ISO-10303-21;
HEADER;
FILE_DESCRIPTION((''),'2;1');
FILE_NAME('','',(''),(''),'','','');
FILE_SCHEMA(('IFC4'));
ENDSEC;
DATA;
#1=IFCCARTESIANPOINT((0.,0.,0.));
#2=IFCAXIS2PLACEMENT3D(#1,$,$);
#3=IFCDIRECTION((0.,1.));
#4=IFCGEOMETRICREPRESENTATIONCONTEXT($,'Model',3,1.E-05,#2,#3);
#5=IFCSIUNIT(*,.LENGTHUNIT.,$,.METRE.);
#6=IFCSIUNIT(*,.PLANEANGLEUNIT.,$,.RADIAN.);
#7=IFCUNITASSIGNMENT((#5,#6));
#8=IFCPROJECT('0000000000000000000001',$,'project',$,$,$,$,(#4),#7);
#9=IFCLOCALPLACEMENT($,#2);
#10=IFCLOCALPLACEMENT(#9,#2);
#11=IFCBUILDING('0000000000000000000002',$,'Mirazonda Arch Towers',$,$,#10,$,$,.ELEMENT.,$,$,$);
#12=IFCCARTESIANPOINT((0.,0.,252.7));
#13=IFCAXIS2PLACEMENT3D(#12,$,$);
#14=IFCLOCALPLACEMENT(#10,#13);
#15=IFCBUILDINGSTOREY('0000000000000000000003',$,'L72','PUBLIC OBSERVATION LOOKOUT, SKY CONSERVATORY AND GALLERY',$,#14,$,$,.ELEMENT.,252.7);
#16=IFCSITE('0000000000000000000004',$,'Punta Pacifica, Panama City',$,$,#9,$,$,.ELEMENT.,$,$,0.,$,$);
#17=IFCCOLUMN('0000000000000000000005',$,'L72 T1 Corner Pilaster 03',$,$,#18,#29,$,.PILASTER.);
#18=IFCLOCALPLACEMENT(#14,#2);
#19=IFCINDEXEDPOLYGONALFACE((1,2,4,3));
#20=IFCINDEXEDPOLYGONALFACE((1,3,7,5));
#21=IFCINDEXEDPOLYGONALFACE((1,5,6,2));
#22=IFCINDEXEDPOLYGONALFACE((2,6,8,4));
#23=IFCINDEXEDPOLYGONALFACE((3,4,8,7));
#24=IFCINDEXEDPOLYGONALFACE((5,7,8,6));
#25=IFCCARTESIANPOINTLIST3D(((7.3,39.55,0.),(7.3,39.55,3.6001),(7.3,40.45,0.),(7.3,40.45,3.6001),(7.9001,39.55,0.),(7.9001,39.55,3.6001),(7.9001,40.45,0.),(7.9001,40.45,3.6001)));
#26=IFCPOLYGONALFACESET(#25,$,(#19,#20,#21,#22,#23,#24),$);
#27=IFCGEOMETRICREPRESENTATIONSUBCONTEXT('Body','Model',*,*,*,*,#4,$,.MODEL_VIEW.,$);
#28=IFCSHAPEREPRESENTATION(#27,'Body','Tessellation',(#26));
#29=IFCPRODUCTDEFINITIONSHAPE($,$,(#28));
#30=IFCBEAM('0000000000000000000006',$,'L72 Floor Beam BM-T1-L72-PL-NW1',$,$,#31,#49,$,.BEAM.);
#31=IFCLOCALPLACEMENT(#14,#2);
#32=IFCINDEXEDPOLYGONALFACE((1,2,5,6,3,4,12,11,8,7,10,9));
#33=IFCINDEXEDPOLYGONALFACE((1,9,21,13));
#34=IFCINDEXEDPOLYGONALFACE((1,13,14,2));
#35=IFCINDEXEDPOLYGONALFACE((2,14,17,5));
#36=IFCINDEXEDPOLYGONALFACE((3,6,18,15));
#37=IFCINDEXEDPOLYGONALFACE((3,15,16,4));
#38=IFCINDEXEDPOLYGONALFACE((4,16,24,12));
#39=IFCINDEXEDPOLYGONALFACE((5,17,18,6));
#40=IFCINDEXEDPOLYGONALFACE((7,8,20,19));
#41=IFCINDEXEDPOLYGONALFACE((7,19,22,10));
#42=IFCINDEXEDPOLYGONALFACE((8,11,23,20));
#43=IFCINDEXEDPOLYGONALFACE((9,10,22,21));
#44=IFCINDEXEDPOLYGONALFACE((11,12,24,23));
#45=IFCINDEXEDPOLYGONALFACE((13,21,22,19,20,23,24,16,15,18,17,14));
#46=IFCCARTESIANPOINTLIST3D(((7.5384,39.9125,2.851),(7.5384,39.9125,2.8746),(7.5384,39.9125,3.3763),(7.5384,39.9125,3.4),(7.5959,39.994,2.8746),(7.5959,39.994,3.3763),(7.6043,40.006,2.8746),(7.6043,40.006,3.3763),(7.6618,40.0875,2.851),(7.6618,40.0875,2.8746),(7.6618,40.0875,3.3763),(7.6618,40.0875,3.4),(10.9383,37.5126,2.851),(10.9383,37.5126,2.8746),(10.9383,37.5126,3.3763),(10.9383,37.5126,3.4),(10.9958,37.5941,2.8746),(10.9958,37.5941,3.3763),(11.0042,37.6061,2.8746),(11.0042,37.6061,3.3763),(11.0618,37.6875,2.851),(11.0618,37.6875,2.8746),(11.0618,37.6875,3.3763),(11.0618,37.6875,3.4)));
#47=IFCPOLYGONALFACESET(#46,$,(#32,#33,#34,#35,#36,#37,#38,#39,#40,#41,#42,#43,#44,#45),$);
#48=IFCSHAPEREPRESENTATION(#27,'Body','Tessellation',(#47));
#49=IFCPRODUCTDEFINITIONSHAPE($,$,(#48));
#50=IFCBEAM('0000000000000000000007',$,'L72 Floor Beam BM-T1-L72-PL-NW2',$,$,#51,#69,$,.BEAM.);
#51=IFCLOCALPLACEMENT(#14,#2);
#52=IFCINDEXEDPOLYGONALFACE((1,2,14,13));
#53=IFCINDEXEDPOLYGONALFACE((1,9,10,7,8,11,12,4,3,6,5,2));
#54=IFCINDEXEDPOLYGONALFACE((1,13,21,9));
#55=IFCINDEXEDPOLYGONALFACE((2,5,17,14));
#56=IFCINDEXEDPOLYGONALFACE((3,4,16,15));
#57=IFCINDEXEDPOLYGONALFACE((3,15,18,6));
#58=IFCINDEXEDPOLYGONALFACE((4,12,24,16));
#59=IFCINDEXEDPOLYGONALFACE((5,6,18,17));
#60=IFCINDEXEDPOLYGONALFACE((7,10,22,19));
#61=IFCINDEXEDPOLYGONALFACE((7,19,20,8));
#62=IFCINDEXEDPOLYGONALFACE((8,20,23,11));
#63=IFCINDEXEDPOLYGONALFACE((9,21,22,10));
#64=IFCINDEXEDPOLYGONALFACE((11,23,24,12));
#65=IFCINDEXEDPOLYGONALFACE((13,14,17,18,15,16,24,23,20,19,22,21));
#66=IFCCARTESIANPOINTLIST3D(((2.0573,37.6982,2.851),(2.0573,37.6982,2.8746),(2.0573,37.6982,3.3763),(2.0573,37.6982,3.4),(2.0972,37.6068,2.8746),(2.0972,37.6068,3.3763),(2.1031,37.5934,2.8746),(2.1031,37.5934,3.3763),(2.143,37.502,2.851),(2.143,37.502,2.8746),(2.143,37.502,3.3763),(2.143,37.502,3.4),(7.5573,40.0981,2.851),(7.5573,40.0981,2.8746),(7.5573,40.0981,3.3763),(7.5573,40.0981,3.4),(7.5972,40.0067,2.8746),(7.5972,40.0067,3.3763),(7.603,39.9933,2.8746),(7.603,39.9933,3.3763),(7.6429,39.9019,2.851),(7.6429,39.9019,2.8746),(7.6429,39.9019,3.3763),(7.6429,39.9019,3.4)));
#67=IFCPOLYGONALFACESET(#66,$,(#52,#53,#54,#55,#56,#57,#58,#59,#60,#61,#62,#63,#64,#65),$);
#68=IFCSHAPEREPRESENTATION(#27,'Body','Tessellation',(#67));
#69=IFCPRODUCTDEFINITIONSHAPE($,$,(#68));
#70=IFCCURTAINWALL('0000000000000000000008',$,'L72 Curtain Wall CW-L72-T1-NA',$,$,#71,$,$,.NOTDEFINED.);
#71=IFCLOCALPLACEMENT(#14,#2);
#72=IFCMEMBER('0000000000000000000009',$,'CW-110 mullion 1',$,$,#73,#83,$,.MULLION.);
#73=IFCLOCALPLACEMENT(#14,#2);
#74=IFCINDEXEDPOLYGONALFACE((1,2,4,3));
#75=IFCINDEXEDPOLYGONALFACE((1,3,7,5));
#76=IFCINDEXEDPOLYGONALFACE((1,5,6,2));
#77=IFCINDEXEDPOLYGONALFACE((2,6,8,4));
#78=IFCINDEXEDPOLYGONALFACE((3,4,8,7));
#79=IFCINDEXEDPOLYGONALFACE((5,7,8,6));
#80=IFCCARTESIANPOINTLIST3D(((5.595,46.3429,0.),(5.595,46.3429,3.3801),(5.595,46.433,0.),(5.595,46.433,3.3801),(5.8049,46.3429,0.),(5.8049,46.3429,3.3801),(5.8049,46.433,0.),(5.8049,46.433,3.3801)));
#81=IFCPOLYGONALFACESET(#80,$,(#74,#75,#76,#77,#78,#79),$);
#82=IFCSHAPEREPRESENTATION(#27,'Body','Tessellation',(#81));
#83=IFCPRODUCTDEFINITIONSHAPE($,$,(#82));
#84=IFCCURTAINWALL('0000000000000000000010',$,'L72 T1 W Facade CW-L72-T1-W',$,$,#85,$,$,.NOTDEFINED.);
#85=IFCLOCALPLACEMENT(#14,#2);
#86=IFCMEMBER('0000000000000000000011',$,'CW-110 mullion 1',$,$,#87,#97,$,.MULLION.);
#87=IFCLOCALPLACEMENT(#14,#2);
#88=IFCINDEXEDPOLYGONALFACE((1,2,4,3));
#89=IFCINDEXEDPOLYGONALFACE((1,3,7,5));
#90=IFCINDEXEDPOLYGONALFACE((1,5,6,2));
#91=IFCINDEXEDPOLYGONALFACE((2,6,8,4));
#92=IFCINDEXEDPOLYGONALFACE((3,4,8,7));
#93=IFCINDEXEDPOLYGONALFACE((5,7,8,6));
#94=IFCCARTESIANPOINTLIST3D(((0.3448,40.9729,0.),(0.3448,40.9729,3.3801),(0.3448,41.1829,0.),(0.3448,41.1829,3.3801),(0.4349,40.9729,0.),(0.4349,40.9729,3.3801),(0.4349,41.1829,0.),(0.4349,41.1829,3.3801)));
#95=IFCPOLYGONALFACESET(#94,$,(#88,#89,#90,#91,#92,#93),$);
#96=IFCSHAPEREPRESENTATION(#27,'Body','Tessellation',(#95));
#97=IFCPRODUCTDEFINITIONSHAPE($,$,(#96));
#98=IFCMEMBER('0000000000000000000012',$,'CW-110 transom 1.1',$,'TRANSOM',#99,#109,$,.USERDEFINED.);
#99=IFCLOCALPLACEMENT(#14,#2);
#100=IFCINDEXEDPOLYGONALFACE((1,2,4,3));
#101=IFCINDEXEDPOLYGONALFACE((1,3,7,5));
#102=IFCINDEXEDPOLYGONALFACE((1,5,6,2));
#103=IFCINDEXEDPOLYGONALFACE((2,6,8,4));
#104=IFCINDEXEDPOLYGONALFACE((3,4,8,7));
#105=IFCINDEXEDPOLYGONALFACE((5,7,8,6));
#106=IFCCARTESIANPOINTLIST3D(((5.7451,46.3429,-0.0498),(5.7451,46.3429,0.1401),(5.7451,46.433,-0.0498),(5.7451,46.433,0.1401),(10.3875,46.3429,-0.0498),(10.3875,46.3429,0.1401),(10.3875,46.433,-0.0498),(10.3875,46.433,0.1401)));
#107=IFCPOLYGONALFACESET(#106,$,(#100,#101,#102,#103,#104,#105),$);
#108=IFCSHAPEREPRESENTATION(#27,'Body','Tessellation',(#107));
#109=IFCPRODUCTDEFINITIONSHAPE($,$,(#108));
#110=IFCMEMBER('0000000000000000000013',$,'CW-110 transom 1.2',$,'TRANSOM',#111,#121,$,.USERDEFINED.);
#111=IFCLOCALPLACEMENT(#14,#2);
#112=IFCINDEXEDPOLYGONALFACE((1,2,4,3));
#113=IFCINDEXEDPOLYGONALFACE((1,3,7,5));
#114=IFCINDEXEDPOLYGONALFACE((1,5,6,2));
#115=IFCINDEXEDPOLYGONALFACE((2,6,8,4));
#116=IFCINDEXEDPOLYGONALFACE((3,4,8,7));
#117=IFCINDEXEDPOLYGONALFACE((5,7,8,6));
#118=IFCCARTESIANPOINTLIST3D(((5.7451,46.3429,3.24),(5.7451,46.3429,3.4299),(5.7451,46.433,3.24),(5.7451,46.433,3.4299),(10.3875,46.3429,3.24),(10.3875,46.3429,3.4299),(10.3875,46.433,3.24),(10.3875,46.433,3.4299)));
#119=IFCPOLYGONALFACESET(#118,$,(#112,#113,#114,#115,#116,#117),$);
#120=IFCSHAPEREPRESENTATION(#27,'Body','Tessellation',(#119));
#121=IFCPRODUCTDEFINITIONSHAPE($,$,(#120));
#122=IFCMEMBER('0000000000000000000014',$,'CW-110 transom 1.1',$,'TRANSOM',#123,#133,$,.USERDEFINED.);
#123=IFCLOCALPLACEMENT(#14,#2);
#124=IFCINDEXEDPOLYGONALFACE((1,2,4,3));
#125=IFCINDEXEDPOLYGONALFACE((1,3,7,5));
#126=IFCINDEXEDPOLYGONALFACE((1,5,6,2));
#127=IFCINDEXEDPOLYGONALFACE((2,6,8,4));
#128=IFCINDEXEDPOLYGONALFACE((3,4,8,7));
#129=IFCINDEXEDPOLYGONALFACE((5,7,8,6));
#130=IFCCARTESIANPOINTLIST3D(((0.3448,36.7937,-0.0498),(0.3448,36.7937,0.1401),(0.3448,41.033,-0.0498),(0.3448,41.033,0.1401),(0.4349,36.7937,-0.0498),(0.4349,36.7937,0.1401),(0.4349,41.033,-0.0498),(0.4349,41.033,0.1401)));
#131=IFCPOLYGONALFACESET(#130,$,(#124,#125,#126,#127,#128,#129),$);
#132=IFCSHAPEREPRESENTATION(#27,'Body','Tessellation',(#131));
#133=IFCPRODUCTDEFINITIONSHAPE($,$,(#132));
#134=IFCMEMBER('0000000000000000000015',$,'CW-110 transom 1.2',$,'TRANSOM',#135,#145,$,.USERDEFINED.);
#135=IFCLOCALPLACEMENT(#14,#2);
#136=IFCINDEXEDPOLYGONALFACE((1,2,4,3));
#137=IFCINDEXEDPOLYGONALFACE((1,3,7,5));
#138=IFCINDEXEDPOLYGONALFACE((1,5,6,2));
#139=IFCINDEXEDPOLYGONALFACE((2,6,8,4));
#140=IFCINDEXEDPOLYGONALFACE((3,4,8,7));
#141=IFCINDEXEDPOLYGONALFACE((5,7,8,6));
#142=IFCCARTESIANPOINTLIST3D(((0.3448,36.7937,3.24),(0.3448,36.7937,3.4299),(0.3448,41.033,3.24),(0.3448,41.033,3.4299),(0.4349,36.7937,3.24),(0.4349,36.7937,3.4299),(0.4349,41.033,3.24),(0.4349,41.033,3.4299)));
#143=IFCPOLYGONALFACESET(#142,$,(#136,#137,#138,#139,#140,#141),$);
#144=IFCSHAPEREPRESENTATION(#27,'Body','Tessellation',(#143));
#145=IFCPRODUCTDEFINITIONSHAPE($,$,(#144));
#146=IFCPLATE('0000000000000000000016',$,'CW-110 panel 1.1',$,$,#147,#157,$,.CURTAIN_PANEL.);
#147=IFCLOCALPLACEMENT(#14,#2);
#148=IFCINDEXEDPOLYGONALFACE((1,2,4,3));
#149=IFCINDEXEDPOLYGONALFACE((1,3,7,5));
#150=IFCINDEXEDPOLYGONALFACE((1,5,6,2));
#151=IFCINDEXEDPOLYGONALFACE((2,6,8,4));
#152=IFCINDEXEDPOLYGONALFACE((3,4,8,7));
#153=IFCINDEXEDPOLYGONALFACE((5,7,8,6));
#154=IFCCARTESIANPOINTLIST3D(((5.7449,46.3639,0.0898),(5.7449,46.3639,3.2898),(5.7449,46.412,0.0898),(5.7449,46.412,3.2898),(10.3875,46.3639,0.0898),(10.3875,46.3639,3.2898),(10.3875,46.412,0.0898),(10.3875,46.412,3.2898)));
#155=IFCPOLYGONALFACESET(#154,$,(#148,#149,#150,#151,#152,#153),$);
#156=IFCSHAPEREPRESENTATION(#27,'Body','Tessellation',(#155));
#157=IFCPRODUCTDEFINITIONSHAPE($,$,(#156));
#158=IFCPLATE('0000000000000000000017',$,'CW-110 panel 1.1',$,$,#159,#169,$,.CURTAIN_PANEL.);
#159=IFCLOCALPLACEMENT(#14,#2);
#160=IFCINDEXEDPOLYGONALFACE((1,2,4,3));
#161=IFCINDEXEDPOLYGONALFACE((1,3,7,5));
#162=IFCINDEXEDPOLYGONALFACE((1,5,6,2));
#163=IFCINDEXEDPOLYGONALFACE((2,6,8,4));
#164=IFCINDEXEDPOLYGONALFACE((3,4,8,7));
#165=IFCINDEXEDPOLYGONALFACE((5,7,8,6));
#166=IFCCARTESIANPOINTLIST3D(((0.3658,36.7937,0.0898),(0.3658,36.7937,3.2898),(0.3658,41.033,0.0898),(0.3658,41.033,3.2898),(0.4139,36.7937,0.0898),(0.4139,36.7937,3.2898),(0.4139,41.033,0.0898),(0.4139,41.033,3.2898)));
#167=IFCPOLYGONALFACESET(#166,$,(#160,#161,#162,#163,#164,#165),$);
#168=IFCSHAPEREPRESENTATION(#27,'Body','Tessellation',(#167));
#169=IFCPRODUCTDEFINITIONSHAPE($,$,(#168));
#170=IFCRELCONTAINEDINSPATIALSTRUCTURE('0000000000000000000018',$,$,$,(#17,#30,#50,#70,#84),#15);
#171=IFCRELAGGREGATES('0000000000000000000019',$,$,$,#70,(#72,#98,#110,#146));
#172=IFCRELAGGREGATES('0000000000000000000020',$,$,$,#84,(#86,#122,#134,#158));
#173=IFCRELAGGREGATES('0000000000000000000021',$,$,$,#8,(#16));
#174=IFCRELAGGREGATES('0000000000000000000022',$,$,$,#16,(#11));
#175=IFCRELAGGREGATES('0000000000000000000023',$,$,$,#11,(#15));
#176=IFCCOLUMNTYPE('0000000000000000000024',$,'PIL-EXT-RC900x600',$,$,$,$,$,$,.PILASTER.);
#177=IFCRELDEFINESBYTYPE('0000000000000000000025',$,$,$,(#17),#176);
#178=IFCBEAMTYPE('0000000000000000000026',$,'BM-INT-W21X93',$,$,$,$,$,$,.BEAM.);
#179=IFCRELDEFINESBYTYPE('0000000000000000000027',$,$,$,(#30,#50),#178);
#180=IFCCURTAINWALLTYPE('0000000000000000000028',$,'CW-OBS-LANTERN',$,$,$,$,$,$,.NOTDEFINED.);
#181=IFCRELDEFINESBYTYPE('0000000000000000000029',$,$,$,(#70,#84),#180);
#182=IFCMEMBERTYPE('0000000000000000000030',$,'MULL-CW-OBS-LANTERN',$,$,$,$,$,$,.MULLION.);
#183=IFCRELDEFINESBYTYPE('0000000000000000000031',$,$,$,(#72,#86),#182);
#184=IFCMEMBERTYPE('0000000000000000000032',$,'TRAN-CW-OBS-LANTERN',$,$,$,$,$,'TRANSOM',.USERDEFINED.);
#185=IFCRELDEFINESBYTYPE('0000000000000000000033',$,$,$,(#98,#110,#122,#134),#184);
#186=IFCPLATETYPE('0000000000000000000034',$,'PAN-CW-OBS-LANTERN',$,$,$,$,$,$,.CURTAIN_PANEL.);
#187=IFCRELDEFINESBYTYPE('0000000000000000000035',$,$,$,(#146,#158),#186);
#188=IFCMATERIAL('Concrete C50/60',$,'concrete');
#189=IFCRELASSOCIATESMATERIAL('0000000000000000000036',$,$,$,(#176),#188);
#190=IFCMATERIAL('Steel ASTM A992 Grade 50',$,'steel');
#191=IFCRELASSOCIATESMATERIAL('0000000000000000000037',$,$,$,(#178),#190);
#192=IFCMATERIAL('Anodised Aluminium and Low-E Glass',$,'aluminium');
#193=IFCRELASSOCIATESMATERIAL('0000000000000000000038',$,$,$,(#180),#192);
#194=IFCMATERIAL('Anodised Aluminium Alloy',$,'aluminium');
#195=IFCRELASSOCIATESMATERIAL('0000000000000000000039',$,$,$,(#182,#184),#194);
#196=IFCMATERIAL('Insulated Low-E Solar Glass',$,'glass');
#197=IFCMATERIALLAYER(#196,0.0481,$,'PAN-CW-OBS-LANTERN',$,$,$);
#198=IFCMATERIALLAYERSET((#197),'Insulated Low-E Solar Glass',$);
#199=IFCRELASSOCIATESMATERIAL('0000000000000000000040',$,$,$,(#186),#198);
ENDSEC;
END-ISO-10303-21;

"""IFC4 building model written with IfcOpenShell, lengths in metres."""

from ifc_helpers import new_model, si_unit, direction, frame, origin, origin_2d, place, context, subcontext, project, spatial, rectangle, i_section, extrude, material, layer, layer_set, material_profile, profile_set, type_object, element, aggregate, save


model = new_model("IFC4")

# Units and contexts
model_context = context("Model", 3, precision=1e-05, world=origin(), true_north=direction((0.0, 1.0)))
body_context = subcontext(model_context, "Body", "Model", "MODEL_VIEW")
ifc_project = project(units=[si_unit("LENGTHUNIT", "METRE"), si_unit("PLANEANGLEUNIT", "RADIAN")], contexts=[model_context])

# Site, building, storey
site_placement = place(None, origin())
site = spatial("IfcSite", under=ifc_project, at=site_placement, Name="Punta Pacifica, Panama City", CompositionType="ELEMENT", RefElevation=0.0)
building_placement = place(site_placement, origin())
building = spatial("IfcBuilding", under=site, at=building_placement, Name="Mirazonda Arch Towers", CompositionType="ELEMENT")
storey_placement = place(building_placement, frame((0.0, 0.0, 252.7)))
storey = spatial("IfcBuildingStorey", under=building, at=storey_placement, Name="L72", Description="PUBLIC OBSERVATION LOOKOUT, SKY CONSERVATORY AND GALLERY", CompositionType="ELEMENT", Elevation=252.7)

# Column
ifc_material_1 = material(Name="Concrete C50/60", Category="concrete")
ifc_material_profile_1 = material_profile(ifc_material_1, rectangle(XDim=0.6001, YDim=0.8999, at=origin_2d()), Name="RC900x600")
ifc_profile_set_1 = profile_set([ifc_material_profile_1], Name="Concrete C50/60")
column_type = type_object("IfcColumnType", Name="PIL-EXT-RC900x600", PredefinedType="PILASTER", material=ifc_profile_set_1)
column_placement = place(storey_placement, frame((7.6001, 40.0, 0.0), z_axis=(0.0, 0.0, 1.0), x_axis=(1.0, 0.0, 0.0)))
element("IfcColumn", 1, at=column_placement, inside=storey, type_object=column_type, Name="L72 T1 Corner Pilaster 03", PredefinedType="PILASTER", context=body_context, shape_type="SweptSolid", body=[
    extrude(rectangle(XDim=0.6001, YDim=0.8999, at=origin_2d()), origin(), (0.0, 0.0, 1.0), 3.6001),
])

# Beams
ifc_material_2 = material(Name="Steel ASTM A992 Grade 50", Category="steel")
ifc_material_profile_2 = material_profile(ifc_material_2, i_section(OverallWidth=0.2141, OverallDepth=0.5491, WebThickness=0.0146, FlangeThickness=0.0237, at=origin_2d()), Name="W21X93")
ifc_profile_set_2 = profile_set([ifc_material_profile_2], Name="Steel ASTM A992 Grade 50")
beam_type = type_object("IfcBeamType", Name="BM-INT-W21X93", PredefinedType="BEAM", material=ifc_profile_set_2)
beam_1_placement = place(storey_placement, frame((7.6001, 40.0, 3.1255), z_axis=(0.816971, -0.576679, 0.0), x_axis=(0.576679, 0.816971, 0.0)))
element("IfcBeam", 2, at=beam_1_placement, inside=storey, type_object=beam_type, Name="L72 Floor Beam BM-T1-L72-PL-NW1", PredefinedType="BEAM", context=body_context, shape_type="SweptSolid", body=[
    extrude(i_section(OverallWidth=0.2141, OverallDepth=0.5491, WebThickness=0.0146, FlangeThickness=0.0237, at=origin_2d()), origin(), (0.0, 0.0, 1.0), 4.1616),
])
beam_2_placement = place(storey_placement, frame((7.6001, 40.0, 3.1255), z_axis=(-0.916545, -0.399931, 0.0), x_axis=(0.399931, -0.916545, 0.0)))
element("IfcBeam", 3, at=beam_2_placement, inside=storey, type_object=beam_type, Name="L72 Floor Beam BM-T1-L72-PL-NW2", PredefinedType="BEAM", context=body_context, shape_type="SweptSolid", body=[
    extrude(i_section(OverallWidth=0.2141, OverallDepth=0.5491, WebThickness=0.0146, FlangeThickness=0.0237, at=origin_2d()), origin(), (0.0, 0.0, 1.0), 6.0007),
])

# Curtain walls, members
ifc_material_3 = material(Name="Anodised Aluminium and Low-E Glass", Category="aluminium")
curtain_wall_type = type_object("IfcCurtainWallType", Name="CW-OBS-LANTERN", PredefinedType="NOTDEFINED", material=ifc_material_3)
curtain_wall_1_placement = place(storey_placement, origin())
curtain_wall_1 = element("IfcCurtainWall", 4, at=curtain_wall_1_placement, inside=storey, type_object=curtain_wall_type, Name="L72 Curtain Wall CW-L72-T1-NA", PredefinedType="NOTDEFINED")
ifc_material_4 = material(Name="Anodised Aluminium Alloy", Category="aluminium")
ifc_material_profile_3 = material_profile(ifc_material_4, rectangle(XDim=0.0901, YDim=0.21, at=origin_2d()), Name="ALU-MULL-90x210")
ifc_profile_set_3 = profile_set([ifc_material_profile_3], Name="Anodised Aluminium Alloy")
member_type_1 = type_object("IfcMemberType", Name="MULL-CW-OBS-LANTERN", PredefinedType="MULLION", material=ifc_profile_set_3)
member_1_placement = place(storey_placement, frame((5.7, 46.3879, 0.0), z_axis=(0.0, 0.0, 1.0), x_axis=(0.0, 1.0, 0.0)))
member_1 = element("IfcMember", 5, at=member_1_placement, type_object=member_type_1, Name="CW-110 mullion 1", PredefinedType="MULLION", context=body_context, shape_type="SweptSolid", body=[
    extrude(rectangle(XDim=0.0901, YDim=0.21, at=origin_2d()), origin(), (0.0, 0.0, 1.0), 3.3801),
])
curtain_wall_2_placement = place(storey_placement, origin())
curtain_wall_2 = element("IfcCurtainWall", 6, at=curtain_wall_2_placement, inside=storey, type_object=curtain_wall_type, Name="L72 T1 W Facade CW-L72-T1-W", PredefinedType="NOTDEFINED")
member_2_placement = place(storey_placement, frame((0.3899, 41.0779, 0.0), z_axis=(0.0, 0.0, 1.0), x_axis=(1.0, 0.0, 0.0)))
member_2 = element("IfcMember", 7, at=member_2_placement, type_object=member_type_1, Name="CW-110 mullion 1", PredefinedType="MULLION", context=body_context, shape_type="SweptSolid", body=[
    extrude(rectangle(XDim=0.0901, YDim=0.21, at=origin_2d()), origin(), (0.0, 0.0, 1.0), 3.3801),
])

# Members
ifc_material_profile_4 = material_profile(ifc_material_4, rectangle(XDim=0.0901, YDim=0.1899, at=origin_2d()), Name="ALU-TRAN-90x190")
ifc_profile_set_4 = profile_set([ifc_material_profile_4], Name="Anodised Aluminium Alloy")
member_type_2 = type_object("IfcMemberType", Name="TRAN-CW-OBS-LANTERN", ElementType="TRANSOM", PredefinedType="USERDEFINED", material=ifc_profile_set_4)
member_3_placement = place(storey_placement, frame((5.7451, 46.3879, 0.0452), z_axis=(1.0, 0.0, 0.0), x_axis=(0.0, 1.0, 0.0)))
member_3 = element("IfcMember", 8, at=member_3_placement, type_object=member_type_2, Name="CW-110 transom 1.1", ObjectType="TRANSOM", PredefinedType="USERDEFINED", context=body_context, shape_type="SweptSolid", body=[
    extrude(rectangle(XDim=0.0901, YDim=0.1899, at=origin_2d()), origin(), (0.0, 0.0, 1.0), 4.6423),
])
member_4_placement = place(storey_placement, frame((5.7451, 46.3879, 3.335), z_axis=(1.0, 0.0, 0.0), x_axis=(0.0, 1.0, 0.0)))
member_4 = element("IfcMember", 9, at=member_4_placement, type_object=member_type_2, Name="CW-110 transom 1.2", ObjectType="TRANSOM", PredefinedType="USERDEFINED", context=body_context, shape_type="SweptSolid", body=[
    extrude(rectangle(XDim=0.0901, YDim=0.1899, at=origin_2d()), origin(), (0.0, 0.0, 1.0), 4.6423),
])
member_5_placement = place(storey_placement, frame((0.3899, 41.033, 0.0452), z_axis=(0.0, -1.0, 0.0), x_axis=(1.0, 0.0, 0.0)))
member_5 = element("IfcMember", 10, at=member_5_placement, type_object=member_type_2, Name="CW-110 transom 1.1", ObjectType="TRANSOM", PredefinedType="USERDEFINED", context=body_context, shape_type="SweptSolid", body=[
    extrude(rectangle(XDim=0.0901, YDim=0.1899, at=origin_2d()), origin(), (0.0, 0.0, 1.0), 4.2393),
])
member_6_placement = place(storey_placement, frame((0.3899, 41.033, 3.335), z_axis=(0.0, -1.0, 0.0), x_axis=(1.0, 0.0, 0.0)))
member_6 = element("IfcMember", 11, at=member_6_placement, type_object=member_type_2, Name="CW-110 transom 1.2", ObjectType="TRANSOM", PredefinedType="USERDEFINED", context=body_context, shape_type="SweptSolid", body=[
    extrude(rectangle(XDim=0.0901, YDim=0.1899, at=origin_2d()), origin(), (0.0, 0.0, 1.0), 4.2393),
])

# Plates
ifc_material_5 = material(Name="Insulated Low-E Solar Glass", Category="glass")
ifc_layer_1 = layer(ifc_material_5, 0.0481, Name="PAN-CW-OBS-LANTERN")
ifc_layer_set_1 = layer_set([ifc_layer_1], Name="Insulated Low-E Solar Glass")
plate_type = type_object("IfcPlateType", Name="PAN-CW-OBS-LANTERN", PredefinedType="CURTAIN_PANEL", material=ifc_layer_set_1)
plate_1_placement = place(storey_placement, frame((8.0662, 46.3879, 0.0898), z_axis=(0.0, 0.0, 1.0), x_axis=(1.0, 0.0, 0.0)))
plate_1 = element("IfcPlate", 12, at=plate_1_placement, type_object=plate_type, Name="CW-110 panel 1.1", PredefinedType="CURTAIN_PANEL", context=body_context, shape_type="SweptSolid", body=[
    extrude(rectangle(XDim=4.6426, YDim=0.0481, at=origin_2d()), origin(), (0.0, 0.0, 1.0), 3.2),
])
aggregate(curtain_wall_1, [member_1, member_3, member_4, plate_1])
plate_2_placement = place(storey_placement, frame((0.3899, 38.9133, 0.0898), z_axis=(0.0, 0.0, 1.0), x_axis=(0.0, -1.0, 0.0)))
plate_2 = element("IfcPlate", 13, at=plate_2_placement, type_object=plate_type, Name="CW-110 panel 1.1", PredefinedType="CURTAIN_PANEL", context=body_context, shape_type="SweptSolid", body=[
    extrude(rectangle(XDim=4.2393, YDim=0.0481, at=origin_2d()), origin(), (0.0, 0.0, 1.0), 3.2),
])
aggregate(curtain_wall_2, [member_2, member_5, member_6, plate_2])

save(model, "model.ifc")
